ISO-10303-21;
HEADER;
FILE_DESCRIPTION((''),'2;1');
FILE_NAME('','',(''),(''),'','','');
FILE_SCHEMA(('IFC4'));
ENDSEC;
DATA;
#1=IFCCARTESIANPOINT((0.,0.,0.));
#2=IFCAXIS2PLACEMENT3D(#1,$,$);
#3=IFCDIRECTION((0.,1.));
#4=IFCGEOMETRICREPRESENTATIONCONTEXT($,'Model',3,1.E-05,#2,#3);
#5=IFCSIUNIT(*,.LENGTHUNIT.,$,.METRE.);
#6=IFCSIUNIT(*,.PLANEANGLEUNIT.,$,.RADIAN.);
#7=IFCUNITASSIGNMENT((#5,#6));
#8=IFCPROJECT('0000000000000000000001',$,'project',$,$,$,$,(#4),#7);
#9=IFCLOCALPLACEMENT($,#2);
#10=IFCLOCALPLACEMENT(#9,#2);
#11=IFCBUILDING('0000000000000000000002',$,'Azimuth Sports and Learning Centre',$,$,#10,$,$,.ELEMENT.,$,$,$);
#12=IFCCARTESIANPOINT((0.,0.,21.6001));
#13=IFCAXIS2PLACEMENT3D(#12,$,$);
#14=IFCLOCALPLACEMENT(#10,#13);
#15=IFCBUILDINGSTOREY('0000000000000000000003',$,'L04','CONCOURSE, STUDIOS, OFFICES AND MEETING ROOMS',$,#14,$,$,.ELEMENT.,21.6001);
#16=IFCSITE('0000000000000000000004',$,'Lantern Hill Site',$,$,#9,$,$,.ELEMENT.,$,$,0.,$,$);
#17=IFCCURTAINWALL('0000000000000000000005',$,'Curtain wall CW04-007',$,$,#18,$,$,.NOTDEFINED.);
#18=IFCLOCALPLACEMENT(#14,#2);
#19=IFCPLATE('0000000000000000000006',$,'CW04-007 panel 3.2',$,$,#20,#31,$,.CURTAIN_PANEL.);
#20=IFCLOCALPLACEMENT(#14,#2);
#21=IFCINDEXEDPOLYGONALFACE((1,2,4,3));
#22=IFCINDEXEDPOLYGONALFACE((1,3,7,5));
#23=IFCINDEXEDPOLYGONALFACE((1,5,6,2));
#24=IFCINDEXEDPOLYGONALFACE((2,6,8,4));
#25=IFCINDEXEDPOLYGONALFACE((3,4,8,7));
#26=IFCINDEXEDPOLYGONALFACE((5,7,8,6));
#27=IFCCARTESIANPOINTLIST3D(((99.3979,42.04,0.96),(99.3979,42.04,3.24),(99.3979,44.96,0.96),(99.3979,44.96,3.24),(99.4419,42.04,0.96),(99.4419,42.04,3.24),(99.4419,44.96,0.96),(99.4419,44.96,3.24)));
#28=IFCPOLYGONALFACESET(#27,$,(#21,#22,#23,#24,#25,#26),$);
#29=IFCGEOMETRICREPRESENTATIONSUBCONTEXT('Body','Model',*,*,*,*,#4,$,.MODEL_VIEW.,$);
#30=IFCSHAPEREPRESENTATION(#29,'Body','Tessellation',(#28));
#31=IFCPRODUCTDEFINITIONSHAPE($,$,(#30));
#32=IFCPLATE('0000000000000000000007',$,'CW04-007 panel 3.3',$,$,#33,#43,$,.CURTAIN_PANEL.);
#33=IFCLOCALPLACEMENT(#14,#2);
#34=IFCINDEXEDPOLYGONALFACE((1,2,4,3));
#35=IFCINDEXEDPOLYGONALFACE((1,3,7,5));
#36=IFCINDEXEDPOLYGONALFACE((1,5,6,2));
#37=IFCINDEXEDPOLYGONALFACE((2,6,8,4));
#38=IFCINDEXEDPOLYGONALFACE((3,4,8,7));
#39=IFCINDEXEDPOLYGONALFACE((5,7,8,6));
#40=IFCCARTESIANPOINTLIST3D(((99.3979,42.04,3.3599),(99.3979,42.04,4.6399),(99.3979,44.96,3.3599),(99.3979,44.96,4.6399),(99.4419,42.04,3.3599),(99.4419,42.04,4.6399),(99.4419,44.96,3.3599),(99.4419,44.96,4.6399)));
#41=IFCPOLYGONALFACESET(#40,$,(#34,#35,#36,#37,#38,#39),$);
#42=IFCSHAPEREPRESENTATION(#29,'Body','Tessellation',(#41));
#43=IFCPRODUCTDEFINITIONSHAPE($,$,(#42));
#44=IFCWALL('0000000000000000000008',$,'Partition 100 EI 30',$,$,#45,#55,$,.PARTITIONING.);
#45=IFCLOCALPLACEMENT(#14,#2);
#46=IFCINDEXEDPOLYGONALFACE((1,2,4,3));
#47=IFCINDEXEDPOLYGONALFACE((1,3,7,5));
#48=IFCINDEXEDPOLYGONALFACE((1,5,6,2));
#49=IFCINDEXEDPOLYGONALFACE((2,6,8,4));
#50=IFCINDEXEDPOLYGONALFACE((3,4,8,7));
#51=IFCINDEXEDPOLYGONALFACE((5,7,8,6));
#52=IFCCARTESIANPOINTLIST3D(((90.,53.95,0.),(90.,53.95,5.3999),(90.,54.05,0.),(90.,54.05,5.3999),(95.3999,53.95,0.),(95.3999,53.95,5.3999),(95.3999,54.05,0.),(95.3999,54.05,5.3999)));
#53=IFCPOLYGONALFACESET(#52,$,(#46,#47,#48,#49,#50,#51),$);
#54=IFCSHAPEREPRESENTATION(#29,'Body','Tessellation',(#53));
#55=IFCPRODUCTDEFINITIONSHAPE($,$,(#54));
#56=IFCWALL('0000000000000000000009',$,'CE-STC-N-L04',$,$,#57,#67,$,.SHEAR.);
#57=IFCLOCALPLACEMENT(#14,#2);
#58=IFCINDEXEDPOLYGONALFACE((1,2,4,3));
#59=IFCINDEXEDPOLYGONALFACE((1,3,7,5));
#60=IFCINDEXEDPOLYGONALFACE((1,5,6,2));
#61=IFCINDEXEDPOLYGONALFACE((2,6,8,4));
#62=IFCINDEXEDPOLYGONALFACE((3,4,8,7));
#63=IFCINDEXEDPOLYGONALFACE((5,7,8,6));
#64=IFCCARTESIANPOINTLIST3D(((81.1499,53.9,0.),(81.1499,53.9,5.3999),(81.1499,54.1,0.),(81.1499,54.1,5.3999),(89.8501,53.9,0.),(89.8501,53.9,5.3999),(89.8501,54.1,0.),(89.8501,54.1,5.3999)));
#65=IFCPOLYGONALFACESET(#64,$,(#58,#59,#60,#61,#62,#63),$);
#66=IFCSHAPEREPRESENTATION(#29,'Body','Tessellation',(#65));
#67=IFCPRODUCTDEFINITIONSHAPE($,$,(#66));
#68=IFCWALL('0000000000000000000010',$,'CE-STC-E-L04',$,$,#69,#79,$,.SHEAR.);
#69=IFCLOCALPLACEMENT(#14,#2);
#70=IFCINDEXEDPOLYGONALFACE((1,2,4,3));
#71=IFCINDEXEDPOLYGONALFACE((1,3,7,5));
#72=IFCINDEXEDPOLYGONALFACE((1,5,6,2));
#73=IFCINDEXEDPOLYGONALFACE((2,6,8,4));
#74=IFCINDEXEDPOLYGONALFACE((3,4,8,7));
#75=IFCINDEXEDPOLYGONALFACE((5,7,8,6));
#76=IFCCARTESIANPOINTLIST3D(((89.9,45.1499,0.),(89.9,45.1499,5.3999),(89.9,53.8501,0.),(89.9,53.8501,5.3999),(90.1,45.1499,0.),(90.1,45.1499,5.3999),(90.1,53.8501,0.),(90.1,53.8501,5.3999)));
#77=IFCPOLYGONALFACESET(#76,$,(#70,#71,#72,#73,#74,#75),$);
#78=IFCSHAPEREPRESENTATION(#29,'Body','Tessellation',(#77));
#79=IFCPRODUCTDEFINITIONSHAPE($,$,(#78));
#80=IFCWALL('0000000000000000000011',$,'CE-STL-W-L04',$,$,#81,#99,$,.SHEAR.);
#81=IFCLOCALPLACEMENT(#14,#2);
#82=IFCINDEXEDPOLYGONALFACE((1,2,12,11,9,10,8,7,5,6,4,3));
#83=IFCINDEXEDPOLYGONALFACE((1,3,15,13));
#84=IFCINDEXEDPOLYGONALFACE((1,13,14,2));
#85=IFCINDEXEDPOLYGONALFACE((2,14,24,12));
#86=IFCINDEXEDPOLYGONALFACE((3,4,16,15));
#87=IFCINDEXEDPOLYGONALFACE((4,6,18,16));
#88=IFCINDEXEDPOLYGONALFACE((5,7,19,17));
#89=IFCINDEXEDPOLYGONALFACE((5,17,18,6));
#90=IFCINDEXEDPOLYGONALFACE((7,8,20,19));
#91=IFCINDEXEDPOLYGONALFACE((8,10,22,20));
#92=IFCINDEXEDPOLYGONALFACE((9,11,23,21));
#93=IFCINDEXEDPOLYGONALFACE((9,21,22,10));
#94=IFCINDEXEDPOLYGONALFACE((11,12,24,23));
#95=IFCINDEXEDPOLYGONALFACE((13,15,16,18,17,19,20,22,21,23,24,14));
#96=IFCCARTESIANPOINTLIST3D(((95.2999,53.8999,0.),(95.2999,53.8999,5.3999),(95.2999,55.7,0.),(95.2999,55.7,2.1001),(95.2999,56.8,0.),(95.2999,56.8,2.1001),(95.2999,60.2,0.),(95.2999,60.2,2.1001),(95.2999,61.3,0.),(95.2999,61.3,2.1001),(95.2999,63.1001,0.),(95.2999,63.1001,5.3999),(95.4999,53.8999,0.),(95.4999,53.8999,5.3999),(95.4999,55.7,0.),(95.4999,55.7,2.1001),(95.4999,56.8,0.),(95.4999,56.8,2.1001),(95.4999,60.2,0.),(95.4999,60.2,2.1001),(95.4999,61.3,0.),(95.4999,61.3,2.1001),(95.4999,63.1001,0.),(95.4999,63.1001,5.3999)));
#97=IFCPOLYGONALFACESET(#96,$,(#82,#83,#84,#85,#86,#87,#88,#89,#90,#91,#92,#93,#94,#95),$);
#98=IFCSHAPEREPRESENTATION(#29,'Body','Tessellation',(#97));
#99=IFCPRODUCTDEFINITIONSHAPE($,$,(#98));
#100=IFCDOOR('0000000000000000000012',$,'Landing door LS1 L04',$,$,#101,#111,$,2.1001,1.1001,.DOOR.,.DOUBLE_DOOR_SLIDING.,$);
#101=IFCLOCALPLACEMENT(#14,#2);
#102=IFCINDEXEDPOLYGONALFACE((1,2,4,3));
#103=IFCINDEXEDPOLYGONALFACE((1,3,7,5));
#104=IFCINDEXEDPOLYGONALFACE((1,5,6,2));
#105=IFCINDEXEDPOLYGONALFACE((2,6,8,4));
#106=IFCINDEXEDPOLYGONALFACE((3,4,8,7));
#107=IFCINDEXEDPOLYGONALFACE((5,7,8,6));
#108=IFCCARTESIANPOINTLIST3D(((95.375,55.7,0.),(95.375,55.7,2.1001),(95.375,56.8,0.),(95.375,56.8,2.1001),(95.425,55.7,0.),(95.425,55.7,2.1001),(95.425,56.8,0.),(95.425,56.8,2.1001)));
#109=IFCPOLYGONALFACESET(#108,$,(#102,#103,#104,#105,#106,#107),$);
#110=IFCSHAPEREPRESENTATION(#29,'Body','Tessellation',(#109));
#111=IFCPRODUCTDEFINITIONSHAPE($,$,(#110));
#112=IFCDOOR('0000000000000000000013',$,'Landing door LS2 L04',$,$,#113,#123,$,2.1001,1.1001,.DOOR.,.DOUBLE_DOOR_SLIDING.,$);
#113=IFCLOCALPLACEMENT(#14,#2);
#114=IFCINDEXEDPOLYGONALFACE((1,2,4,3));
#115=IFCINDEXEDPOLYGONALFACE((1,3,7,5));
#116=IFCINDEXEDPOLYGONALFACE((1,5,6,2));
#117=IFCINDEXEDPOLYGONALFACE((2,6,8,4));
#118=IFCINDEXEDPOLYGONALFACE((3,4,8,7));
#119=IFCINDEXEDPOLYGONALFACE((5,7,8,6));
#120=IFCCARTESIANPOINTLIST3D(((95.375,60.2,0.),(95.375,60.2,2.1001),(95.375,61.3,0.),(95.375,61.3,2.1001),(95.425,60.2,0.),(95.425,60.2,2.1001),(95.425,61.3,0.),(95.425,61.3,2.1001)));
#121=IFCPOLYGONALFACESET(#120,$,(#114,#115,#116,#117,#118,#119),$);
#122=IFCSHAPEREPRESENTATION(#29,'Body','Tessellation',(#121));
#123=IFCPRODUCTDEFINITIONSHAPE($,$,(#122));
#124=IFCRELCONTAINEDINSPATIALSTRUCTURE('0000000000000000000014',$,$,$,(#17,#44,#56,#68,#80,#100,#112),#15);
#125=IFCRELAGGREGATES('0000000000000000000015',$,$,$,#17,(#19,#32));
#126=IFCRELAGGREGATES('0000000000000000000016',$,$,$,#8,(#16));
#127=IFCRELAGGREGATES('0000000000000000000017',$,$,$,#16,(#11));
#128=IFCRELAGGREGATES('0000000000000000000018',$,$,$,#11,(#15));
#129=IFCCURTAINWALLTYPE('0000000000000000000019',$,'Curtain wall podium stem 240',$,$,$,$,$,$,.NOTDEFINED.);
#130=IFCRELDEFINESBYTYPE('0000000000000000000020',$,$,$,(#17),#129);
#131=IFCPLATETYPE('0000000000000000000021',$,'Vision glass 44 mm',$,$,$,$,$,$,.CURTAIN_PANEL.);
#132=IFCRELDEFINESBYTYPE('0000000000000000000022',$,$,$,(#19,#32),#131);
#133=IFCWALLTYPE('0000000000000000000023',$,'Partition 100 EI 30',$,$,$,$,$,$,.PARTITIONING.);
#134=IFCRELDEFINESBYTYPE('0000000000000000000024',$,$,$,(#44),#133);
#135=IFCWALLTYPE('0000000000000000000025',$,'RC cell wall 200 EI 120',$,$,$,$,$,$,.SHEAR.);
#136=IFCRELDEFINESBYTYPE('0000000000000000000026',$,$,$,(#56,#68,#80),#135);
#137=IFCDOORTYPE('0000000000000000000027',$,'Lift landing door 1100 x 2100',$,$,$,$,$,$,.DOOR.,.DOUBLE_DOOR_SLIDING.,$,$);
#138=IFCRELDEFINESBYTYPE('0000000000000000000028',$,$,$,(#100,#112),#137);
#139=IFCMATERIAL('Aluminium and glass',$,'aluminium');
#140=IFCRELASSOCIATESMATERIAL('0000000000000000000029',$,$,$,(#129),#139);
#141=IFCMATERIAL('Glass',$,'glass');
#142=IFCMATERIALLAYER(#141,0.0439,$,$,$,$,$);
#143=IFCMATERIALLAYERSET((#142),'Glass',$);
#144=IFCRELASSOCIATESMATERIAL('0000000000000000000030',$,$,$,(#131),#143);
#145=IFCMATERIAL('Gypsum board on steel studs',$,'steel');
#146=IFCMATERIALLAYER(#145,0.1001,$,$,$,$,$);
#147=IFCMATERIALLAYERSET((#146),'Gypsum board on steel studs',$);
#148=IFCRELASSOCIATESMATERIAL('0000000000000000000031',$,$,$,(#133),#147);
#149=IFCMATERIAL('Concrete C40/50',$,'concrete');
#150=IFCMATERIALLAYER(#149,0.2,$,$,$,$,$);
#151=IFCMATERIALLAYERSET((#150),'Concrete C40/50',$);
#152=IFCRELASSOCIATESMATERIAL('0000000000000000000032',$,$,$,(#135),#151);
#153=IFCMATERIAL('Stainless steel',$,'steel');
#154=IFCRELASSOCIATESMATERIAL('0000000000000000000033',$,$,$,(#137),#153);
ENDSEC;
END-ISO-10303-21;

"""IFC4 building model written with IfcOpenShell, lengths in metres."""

from ifc_helpers import new_model, si_unit, direction, frame, frame_2d, origin, origin_2d, place, context, subcontext, project, spatial, rectangle, extrude, material, layer, layer_set, type_object, element, fill, aggregate, save


model = new_model("IFC4")

# Units and contexts
model_context = context("Model", 3, precision=1e-05, world=origin(), true_north=direction((0.0, 1.0)))
body_context = subcontext(model_context, "Body", "Model", "MODEL_VIEW")
ifc_project = project(units=[si_unit("LENGTHUNIT", "METRE"), si_unit("PLANEANGLEUNIT", "RADIAN")], contexts=[model_context])

# Site, building, storey
site_placement = place(None, origin())
site = spatial("IfcSite", under=ifc_project, at=site_placement, Name="Lantern Hill Site", CompositionType="ELEMENT", RefElevation=0.0)
building_placement = place(site_placement, origin())
building = spatial("IfcBuilding", under=site, at=building_placement, Name="Azimuth Sports and Learning Centre", CompositionType="ELEMENT")
storey_placement = place(building_placement, frame((0.0, 0.0, 21.6001)))
storey = spatial("IfcBuildingStorey", under=building, at=storey_placement, Name="L04", Description="CONCOURSE, STUDIOS, OFFICES AND MEETING ROOMS", CompositionType="ELEMENT", Elevation=21.6001)

# Curtain wall, plates
ifc_material_1 = material(Name="Aluminium and glass", Category="aluminium")
curtain_wall_type = type_object("IfcCurtainWallType", Name="Curtain wall podium stem 240", PredefinedType="NOTDEFINED", material=ifc_material_1)
curtain_wall_placement = place(storey_placement, origin())
curtain_wall = element("IfcCurtainWall", 1, at=curtain_wall_placement, inside=storey, type_object=curtain_wall_type, Name="Curtain wall CW04-007", PredefinedType="NOTDEFINED")
ifc_material_2 = material(Name="Glass", Category="glass")
ifc_layer_1 = layer(ifc_material_2, 0.0439)
ifc_layer_set_1 = layer_set([ifc_layer_1], Name="Glass")
plate_type_1 = type_object("IfcPlateType", Name="Vision glass 44 mm", PredefinedType="CURTAIN_PANEL", material=ifc_layer_set_1)
plate_1_placement = place(storey_placement, frame((99.4199, 43.5, 0.96), z_axis=(0.0, 0.0, 1.0), x_axis=(0.0, 1.0, 0.0)))
plate_1 = element("IfcPlate", 2, at=plate_1_placement, type_object=plate_type_1, Name="CW04-007 panel 3.2", PredefinedType="CURTAIN_PANEL", context=body_context, shape_type="SweptSolid", body=[
    extrude(rectangle(XDim=2.9199, YDim=0.0439, at=origin_2d()), origin(), (0.0, 0.0, 1.0), 2.28),
])
plate_2_placement = place(storey_placement, frame((99.4199, 43.5, 3.3599), z_axis=(0.0, 0.0, 1.0), x_axis=(0.0, 1.0, 0.0)))
plate_2 = element("IfcPlate", 3, at=plate_2_placement, type_object=plate_type_1, Name="CW04-007 panel 3.3", PredefinedType="CURTAIN_PANEL", context=body_context, shape_type="SweptSolid", body=[
    extrude(rectangle(XDim=2.9199, YDim=0.0439, at=origin_2d()), origin(), (0.0, 0.0, 1.0), 1.28),
])
aggregate(curtain_wall, [plate_1, plate_2])

# Walls
ifc_material_3 = material(Name="Gypsum board on steel studs", Category="steel")
ifc_layer_2 = layer(ifc_material_3, 0.1001)
ifc_layer_set_2 = layer_set([ifc_layer_2], Name="Gypsum board on steel studs")
wall_type_1 = type_object("IfcWallType", Name="Partition 100 EI 30", PredefinedType="PARTITIONING", material=ifc_layer_set_2)
wall_1_placement = place(storey_placement, frame((90.0, 54.0, 0.0), z_axis=(0.0, 0.0, 1.0), x_axis=(1.0, 0.0, 0.0)))
element("IfcWall", 4, at=wall_1_placement, inside=storey, type_object=wall_type_1, Name="Partition 100 EI 30", PredefinedType="PARTITIONING", context=body_context, shape_type="SweptSolid", body=[
    extrude(rectangle(XDim=5.3999, YDim=0.1001, at=frame_2d((2.7, 0.0))), origin(), (0.0, 0.0, 1.0), 5.3999),
])
ifc_material_4 = material(Name="Concrete C40/50", Category="concrete")
ifc_layer_3 = layer(ifc_material_4, 0.2)
ifc_layer_set_3 = layer_set([ifc_layer_3], Name="Concrete C40/50")
wall_type_2 = type_object("IfcWallType", Name="RC cell wall 200 EI 120", PredefinedType="SHEAR", material=ifc_layer_set_3)
for number, where, z_axis, x_axis, name in (
    (5, (81.1499, 54.0, 0.0), (0.0, 0.0, 1.0), (1.0, 0.0, 0.0), "CE-STC-N-L04"),
    (6, (90.0, 45.1499, 0.0), (0.0, 0.0, 1.0), (0.0, 1.0, 0.0), "CE-STC-E-L04"),
):
    element("IfcWall", number, at=place(storey_placement, frame(where, z_axis=z_axis, x_axis=x_axis)), inside=storey, type_object=wall_type_2, Name=name, PredefinedType="SHEAR", context=body_context, shape_type="SweptSolid", body=[
        extrude(rectangle(XDim=8.7002, YDim=0.2, at=frame_2d((4.3501, 0.0))), origin(), (0.0, 0.0, 1.0), 5.3999),
    ])

# Wall, openings, doors
wall_2_placement = place(storey_placement, frame((95.3999, 53.8999, 0.0), z_axis=(0.0, 0.0, 1.0), x_axis=(0.0, 1.0, 0.0)))
wall_2 = element("IfcWall", 7, at=wall_2_placement, inside=storey, type_object=wall_type_2, Name="CE-STL-W-L04", PredefinedType="SHEAR", context=body_context, shape_type="SweptSolid", body=[
    extrude(rectangle(XDim=9.2002, YDim=0.2, at=frame_2d((4.6001, 0.0))), origin(), (0.0, 0.0, 1.0), 5.3999),
])
opening_1_placement = place(wall_2_placement, frame((1.8, 0.0, 0.0)))
opening_1 = element("IfcOpeningElement", 8, at=opening_1_placement, cuts=wall_2, PredefinedType="OPENING", context=body_context, shape_type="SweptSolid", body=[
    extrude(rectangle(XDim=1.1001, YDim=2.1001, at=frame_2d((0.55, 1.05))), frame((0.0, 0.1108, 0.0), z_axis=(0.0, -1.0, 0.0), x_axis=(1.0, 0.0, 0.0)), (0.0, 0.0, 1.0), 0.2219),
])
opening_2_placement = place(wall_2_placement, frame((6.3, 0.0, 0.0)))
opening_2 = element("IfcOpeningElement", 9, at=opening_2_placement, cuts=wall_2, PredefinedType="OPENING", context=body_context, shape_type="SweptSolid", body=[
    extrude(rectangle(XDim=1.1001, YDim=2.1001, at=frame_2d((0.55, 1.05))), frame((0.0, 0.1108, 0.0), z_axis=(0.0, -1.0, 0.0), x_axis=(1.0, 0.0, 0.0)), (0.0, 0.0, 1.0), 0.2219),
])
ifc_material_5 = material(Name="Stainless steel", Category="steel")
door_type = type_object("IfcDoorType", Name="Lift landing door 1100 x 2100", OperationType="DOUBLE_DOOR_SLIDING", PredefinedType="DOOR", material=ifc_material_5)
door_1_placement = place(opening_1_placement, origin())
door_1 = element("IfcDoor", 10, at=door_1_placement, inside=storey, type_object=door_type, Name="Landing door LS1 L04", OperationType="DOUBLE_DOOR_SLIDING", OverallHeight=2.1001, OverallWidth=1.1001, PredefinedType="DOOR", context=body_context, shape_type="SweptSolid", body=[
    extrude(rectangle(XDim=1.1001, YDim=2.1001, at=frame_2d((0.55, 1.05))), frame((0.0, 0.0249, 0.0), z_axis=(0.0, -1.0, 0.0), x_axis=(1.0, 0.0, 0.0)), (0.0, 0.0, 1.0), 0.05),
])
fill(opening_1, door_1)
door_2_placement = place(opening_2_placement, origin())
door_2 = element("IfcDoor", 11, at=door_2_placement, inside=storey, type_object=door_type, Name="Landing door LS2 L04", OperationType="DOUBLE_DOOR_SLIDING", OverallHeight=2.1001, OverallWidth=1.1001, PredefinedType="DOOR", context=body_context, shape_type="SweptSolid", body=[
    extrude(rectangle(XDim=1.1001, YDim=2.1001, at=frame_2d((0.55, 1.05))), frame((0.0, 0.0249, 0.0), z_axis=(0.0, -1.0, 0.0), x_axis=(1.0, 0.0, 0.0)), (0.0, 0.0, 1.0), 0.05),
])
fill(opening_2, door_2)

save(model, "model.ifc")
